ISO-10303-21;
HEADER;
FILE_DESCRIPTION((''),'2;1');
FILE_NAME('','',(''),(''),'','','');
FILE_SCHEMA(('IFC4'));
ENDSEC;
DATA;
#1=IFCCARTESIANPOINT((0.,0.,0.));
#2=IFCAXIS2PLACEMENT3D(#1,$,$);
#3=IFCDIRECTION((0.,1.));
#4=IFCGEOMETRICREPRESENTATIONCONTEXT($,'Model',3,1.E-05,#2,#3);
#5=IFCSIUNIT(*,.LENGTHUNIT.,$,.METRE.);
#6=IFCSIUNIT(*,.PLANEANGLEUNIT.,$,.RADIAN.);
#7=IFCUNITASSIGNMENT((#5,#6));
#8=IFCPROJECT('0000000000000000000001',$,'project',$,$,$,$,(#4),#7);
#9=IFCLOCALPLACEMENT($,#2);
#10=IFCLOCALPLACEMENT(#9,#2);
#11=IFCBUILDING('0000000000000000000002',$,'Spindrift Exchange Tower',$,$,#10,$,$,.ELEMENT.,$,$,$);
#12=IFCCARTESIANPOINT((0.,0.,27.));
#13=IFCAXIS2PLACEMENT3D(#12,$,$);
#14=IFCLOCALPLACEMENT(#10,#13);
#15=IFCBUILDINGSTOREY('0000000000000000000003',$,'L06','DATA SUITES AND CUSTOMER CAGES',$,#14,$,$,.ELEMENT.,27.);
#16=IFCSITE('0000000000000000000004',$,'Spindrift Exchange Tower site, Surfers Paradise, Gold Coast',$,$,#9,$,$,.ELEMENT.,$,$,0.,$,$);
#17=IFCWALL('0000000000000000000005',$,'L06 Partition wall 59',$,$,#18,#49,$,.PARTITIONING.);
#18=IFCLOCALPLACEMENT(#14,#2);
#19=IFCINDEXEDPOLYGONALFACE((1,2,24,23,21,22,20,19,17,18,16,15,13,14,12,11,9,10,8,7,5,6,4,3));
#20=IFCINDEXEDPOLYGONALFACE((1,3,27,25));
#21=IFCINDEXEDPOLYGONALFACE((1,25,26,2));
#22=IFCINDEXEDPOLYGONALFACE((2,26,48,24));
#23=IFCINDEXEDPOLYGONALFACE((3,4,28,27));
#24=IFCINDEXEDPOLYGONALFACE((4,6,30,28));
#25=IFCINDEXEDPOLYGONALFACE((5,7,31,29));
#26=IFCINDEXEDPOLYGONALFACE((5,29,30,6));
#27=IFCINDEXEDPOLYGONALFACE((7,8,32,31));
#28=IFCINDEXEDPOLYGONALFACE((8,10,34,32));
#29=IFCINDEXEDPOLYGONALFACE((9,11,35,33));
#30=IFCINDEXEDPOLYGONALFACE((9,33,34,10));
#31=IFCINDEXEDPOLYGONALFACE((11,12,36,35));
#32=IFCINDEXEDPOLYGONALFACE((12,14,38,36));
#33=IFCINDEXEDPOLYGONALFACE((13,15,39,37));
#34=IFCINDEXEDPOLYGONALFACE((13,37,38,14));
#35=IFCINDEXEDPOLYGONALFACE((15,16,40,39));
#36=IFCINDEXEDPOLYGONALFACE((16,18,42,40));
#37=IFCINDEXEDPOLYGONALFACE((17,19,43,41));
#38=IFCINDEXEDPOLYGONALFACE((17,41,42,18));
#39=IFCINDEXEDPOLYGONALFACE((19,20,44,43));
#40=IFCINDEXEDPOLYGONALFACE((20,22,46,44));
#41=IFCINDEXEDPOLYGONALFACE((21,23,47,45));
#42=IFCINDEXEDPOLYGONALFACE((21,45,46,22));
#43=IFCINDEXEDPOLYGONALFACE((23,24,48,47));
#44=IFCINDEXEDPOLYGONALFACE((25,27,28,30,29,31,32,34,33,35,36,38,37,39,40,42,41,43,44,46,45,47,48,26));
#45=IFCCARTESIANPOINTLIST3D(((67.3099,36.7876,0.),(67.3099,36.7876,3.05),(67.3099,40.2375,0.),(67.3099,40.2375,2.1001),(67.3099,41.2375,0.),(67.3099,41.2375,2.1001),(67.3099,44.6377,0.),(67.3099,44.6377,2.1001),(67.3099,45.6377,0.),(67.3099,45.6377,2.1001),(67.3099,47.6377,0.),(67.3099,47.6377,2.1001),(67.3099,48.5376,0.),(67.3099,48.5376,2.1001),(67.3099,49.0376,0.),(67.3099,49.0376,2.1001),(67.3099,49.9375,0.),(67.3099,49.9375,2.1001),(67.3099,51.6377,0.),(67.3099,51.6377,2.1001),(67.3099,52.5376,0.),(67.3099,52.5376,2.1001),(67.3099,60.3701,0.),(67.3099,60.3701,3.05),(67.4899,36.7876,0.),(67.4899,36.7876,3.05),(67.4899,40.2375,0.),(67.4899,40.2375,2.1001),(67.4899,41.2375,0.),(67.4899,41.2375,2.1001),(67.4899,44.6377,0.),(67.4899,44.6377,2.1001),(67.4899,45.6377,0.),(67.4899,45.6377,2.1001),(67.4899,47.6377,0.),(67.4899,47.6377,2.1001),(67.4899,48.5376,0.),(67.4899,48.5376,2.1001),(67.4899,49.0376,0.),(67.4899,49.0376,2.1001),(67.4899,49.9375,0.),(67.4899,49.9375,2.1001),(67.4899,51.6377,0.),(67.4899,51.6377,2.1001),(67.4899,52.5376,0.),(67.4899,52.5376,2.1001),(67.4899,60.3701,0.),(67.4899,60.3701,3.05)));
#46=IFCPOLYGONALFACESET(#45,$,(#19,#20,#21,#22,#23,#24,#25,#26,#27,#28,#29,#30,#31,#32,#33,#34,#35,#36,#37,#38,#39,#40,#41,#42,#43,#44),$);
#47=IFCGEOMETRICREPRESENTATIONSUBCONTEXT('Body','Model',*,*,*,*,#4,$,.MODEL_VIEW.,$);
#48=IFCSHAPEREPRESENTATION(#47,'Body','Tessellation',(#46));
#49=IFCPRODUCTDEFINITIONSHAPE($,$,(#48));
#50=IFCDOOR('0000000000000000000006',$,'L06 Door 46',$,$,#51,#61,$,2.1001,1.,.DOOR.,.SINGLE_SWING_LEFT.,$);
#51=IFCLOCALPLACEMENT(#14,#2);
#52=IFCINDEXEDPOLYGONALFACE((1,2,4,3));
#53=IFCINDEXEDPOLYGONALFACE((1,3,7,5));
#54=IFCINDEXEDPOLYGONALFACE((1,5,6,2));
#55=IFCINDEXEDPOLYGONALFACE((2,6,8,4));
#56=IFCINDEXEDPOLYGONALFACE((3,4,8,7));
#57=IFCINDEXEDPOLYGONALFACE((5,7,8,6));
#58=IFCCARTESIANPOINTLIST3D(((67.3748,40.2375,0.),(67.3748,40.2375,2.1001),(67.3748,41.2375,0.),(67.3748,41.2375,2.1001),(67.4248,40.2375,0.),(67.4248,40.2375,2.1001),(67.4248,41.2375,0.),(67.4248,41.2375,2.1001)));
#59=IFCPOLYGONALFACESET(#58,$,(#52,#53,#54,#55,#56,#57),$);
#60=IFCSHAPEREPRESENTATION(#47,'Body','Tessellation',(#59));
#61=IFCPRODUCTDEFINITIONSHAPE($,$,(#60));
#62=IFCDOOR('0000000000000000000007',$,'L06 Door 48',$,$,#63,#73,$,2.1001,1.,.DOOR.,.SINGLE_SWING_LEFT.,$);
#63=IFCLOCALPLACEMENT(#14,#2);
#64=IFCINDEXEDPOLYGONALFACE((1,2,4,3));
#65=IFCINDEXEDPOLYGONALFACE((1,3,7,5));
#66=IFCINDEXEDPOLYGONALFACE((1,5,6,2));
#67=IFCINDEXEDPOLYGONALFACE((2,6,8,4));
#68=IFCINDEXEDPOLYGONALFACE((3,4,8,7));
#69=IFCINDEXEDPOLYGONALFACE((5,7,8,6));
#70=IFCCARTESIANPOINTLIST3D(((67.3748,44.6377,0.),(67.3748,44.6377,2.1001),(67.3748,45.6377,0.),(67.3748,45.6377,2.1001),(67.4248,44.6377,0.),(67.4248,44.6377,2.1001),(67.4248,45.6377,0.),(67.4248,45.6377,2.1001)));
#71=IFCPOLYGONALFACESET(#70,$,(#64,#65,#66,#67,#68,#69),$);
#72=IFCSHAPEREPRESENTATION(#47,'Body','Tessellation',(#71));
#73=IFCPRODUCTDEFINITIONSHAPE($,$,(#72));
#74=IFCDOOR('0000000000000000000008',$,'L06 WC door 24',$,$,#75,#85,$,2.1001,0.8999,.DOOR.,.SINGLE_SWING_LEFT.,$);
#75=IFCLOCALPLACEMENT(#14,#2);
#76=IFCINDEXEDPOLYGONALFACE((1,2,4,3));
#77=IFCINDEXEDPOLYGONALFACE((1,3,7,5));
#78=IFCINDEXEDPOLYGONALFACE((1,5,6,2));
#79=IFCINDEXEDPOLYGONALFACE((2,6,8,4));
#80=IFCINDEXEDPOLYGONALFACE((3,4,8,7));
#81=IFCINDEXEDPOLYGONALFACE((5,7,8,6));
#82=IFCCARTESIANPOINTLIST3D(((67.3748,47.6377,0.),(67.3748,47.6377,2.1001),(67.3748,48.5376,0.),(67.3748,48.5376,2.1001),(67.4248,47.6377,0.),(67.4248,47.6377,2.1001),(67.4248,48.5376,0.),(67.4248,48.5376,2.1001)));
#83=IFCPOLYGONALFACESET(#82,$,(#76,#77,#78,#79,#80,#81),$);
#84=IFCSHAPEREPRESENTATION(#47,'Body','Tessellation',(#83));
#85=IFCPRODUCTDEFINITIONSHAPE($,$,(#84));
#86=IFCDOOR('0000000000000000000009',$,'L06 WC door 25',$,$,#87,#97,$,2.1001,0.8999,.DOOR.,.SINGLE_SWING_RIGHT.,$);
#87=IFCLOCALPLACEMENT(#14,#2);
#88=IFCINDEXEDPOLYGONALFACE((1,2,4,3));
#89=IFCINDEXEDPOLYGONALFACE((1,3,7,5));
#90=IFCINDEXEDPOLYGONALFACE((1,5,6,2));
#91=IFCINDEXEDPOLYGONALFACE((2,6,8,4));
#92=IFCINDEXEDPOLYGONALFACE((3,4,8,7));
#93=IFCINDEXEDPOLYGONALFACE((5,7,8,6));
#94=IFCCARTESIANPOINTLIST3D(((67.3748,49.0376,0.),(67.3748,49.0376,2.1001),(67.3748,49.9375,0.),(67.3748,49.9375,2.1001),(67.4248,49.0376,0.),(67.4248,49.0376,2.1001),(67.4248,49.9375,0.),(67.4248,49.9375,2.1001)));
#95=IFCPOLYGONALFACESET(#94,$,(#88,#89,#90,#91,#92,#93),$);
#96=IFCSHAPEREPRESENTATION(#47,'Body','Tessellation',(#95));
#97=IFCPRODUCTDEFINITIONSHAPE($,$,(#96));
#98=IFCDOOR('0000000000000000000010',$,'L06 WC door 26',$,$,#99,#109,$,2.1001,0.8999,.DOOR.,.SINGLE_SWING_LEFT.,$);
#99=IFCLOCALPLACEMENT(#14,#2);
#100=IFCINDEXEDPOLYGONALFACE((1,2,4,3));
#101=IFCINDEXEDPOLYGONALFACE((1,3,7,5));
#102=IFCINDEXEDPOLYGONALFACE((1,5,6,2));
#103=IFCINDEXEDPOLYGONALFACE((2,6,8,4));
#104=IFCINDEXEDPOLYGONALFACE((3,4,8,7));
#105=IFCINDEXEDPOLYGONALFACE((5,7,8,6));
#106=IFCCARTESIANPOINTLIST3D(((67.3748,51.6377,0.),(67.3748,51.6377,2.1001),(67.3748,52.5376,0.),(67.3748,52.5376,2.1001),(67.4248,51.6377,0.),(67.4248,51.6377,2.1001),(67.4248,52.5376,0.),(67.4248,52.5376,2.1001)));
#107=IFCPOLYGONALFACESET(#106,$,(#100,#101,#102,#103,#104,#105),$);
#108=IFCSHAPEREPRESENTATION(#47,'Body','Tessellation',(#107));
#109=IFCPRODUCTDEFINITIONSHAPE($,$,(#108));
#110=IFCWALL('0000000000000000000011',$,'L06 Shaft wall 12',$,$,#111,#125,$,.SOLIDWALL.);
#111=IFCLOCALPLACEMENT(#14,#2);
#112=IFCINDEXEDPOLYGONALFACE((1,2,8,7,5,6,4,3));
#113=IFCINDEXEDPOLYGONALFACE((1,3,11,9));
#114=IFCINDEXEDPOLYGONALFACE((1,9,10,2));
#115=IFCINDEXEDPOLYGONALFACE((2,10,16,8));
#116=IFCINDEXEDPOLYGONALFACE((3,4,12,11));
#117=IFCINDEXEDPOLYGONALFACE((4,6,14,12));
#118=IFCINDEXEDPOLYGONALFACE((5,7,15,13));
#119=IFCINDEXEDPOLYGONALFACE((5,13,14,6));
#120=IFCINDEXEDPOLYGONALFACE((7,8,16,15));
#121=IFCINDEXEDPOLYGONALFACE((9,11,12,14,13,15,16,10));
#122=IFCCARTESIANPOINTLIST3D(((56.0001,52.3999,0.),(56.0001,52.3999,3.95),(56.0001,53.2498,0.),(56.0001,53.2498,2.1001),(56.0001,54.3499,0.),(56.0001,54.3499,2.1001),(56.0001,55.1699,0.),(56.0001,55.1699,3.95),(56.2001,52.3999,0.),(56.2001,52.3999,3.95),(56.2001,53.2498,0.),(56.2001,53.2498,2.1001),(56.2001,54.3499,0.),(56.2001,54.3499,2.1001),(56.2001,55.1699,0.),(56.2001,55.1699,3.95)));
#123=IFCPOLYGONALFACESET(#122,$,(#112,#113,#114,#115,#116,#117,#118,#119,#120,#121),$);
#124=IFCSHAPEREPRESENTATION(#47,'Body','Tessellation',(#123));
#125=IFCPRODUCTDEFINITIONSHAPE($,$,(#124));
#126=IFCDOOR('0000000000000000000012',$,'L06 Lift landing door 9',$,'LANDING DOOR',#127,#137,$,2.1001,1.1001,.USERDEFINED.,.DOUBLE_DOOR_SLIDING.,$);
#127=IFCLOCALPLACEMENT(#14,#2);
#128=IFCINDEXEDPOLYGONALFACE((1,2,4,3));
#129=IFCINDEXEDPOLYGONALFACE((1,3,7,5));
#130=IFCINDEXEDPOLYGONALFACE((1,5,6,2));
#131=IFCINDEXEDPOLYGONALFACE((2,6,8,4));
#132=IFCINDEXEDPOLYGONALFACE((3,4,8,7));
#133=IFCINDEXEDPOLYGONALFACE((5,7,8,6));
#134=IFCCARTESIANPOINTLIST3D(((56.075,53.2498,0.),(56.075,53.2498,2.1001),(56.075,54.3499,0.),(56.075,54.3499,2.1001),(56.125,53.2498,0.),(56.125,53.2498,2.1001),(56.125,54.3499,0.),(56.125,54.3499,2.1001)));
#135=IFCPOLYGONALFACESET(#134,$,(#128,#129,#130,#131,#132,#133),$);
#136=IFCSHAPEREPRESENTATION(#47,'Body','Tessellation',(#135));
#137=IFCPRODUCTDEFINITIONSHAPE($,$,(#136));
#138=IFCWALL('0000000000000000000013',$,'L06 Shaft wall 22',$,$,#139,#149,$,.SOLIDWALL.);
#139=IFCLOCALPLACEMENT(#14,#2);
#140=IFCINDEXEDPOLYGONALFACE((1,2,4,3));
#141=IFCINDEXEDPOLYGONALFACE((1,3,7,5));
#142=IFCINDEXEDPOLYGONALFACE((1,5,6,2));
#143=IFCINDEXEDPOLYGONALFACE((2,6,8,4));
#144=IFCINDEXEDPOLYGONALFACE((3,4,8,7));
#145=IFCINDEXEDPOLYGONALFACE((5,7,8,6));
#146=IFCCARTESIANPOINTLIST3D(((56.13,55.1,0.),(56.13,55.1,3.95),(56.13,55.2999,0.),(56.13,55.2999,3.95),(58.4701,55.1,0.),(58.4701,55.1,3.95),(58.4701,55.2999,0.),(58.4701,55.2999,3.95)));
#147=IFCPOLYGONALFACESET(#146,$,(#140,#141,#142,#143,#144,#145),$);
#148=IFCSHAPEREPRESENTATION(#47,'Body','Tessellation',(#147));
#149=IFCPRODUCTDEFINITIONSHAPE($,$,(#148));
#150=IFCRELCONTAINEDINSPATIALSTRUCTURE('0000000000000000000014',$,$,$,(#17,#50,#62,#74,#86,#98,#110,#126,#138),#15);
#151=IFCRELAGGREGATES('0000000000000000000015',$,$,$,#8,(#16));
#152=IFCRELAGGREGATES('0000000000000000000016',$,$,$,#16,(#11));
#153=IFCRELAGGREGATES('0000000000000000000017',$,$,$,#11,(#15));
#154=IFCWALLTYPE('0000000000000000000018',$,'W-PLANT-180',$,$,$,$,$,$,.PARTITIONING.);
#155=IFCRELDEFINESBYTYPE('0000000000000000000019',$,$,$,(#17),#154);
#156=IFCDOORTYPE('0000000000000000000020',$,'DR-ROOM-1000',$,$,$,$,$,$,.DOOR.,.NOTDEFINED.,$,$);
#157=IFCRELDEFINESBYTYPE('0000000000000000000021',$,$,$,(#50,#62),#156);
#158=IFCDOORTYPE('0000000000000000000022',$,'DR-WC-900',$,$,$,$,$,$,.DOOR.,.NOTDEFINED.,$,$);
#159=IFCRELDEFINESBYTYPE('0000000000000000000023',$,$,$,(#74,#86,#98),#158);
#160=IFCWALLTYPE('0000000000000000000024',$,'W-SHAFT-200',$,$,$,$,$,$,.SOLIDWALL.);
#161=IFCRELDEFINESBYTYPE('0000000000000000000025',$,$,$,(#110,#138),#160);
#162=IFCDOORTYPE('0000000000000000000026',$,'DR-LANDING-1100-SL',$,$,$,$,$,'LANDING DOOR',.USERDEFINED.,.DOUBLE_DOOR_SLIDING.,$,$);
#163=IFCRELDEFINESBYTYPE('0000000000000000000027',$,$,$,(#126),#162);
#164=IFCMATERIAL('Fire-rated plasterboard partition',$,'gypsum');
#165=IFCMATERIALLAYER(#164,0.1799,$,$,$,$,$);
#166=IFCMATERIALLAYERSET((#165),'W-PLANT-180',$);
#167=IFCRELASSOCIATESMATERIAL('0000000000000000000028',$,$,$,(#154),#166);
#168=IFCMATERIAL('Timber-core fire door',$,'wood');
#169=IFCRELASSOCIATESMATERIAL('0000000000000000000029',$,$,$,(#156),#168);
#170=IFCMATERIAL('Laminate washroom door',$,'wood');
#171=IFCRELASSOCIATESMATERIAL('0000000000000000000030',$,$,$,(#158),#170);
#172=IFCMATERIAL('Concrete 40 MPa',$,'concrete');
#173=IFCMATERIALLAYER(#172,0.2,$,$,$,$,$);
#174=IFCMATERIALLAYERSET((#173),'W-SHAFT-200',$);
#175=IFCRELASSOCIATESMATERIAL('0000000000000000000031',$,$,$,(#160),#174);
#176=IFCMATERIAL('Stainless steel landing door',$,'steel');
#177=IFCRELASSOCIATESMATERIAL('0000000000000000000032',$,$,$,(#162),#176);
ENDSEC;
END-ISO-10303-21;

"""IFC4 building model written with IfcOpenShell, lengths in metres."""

from ifc_helpers import new_model, si_unit, direction, frame, frame_2d, origin, place, context, subcontext, project, spatial, rectangle, extrude, source, transform, mapped, material, layer, layer_set, type_object, element, fill, save


model = new_model("IFC4")

# Units and contexts
model_context = context("Model", 3, precision=1e-05, world=origin(), true_north=direction((0.0, 1.0)))
body_context = subcontext(model_context, "Body", "Model", "MODEL_VIEW")
ifc_project = project(units=[si_unit("LENGTHUNIT", "METRE"), si_unit("PLANEANGLEUNIT", "RADIAN")], contexts=[model_context])

# Site, building, storey
site_placement = place(None, origin())
site = spatial("IfcSite", under=ifc_project, at=site_placement, Name="Spindrift Exchange Tower site, Surfers Paradise, Gold Coast", CompositionType="ELEMENT", RefElevation=0.0)
building_placement = place(site_placement, origin())
building = spatial("IfcBuilding", under=site, at=building_placement, Name="Spindrift Exchange Tower", CompositionType="ELEMENT")
storey_placement = place(building_placement, frame((0.0, 0.0, 27.0)))
storey = spatial("IfcBuildingStorey", under=building, at=storey_placement, Name="L06", Description="DATA SUITES AND CUSTOMER CAGES", CompositionType="ELEMENT", Elevation=27.0)

# Shared definitions
ifc_material_1 = material(Name="Fire-rated plasterboard partition", Category="gypsum")

# Wall, openings, doors
ifc_layer_1 = layer(ifc_material_1, 0.1799)
ifc_layer_set_1 = layer_set([ifc_layer_1], Name="W-PLANT-180")
wall_type_1 = type_object("IfcWallType", Name="W-PLANT-180", PredefinedType="PARTITIONING", material=ifc_layer_set_1)
wall_1_placement = place(storey_placement, frame((67.3999, 60.3701, 0.0), z_axis=(0.0, 0.0, 1.0), x_axis=(0.0, -1.0, 0.0)))
wall_1 = element("IfcWall", 1, at=wall_1_placement, inside=storey, type_object=wall_type_1, Name="L06 Partition wall 59", PredefinedType="PARTITIONING", context=body_context, shape_type="SweptSolid", body=[
    extrude(rectangle(XDim=23.5825, YDim=0.1799, at=frame_2d((11.7913, 0.0))), origin(), (0.0, 0.0, 1.0), 3.05),
])
opening_1_placement = place(wall_1_placement, frame((11.8325, 0.0, 0.0)))
opening_1 = element("IfcOpeningElement", 2, at=opening_1_placement, cuts=wall_1, PredefinedType="OPENING", context=body_context, shape_type="SweptSolid", body=[
    extrude(rectangle(XDim=0.8999, YDim=2.1001, at=frame_2d((0.45, 1.05))), frame((0.0, 0.0999, 0.0), z_axis=(0.0, -1.0, 0.0), x_axis=(1.0, 0.0, 0.0)), (0.0, 0.0, 1.0), 0.2),
])
opening_2_placement = place(wall_1_placement, frame((10.4326, 0.0, 0.0)))
opening_2 = element("IfcOpeningElement", 3, at=opening_2_placement, cuts=wall_1, PredefinedType="OPENING", context=body_context, shape_type="SweptSolid", body=[
    extrude(rectangle(XDim=0.8999, YDim=2.1001, at=frame_2d((0.45, 1.05))), frame((0.0, 0.0999, 0.0), z_axis=(0.0, -1.0, 0.0), x_axis=(1.0, 0.0, 0.0)), (0.0, 0.0, 1.0), 0.2),
])
opening_3_placement = place(wall_1_placement, frame((7.8325, 0.0, 0.0)))
opening_3 = element("IfcOpeningElement", 4, at=opening_3_placement, cuts=wall_1, PredefinedType="OPENING", context=body_context, shape_type="SweptSolid", body=[
    extrude(rectangle(XDim=0.8999, YDim=2.1001, at=frame_2d((0.45, 1.05))), frame((0.0, 0.0999, 0.0), z_axis=(0.0, -1.0, 0.0), x_axis=(1.0, 0.0, 0.0)), (0.0, 0.0, 1.0), 0.2),
])
opening_4_placement = place(wall_1_placement, frame((19.1326, 0.0, 0.0)))
opening_4 = element("IfcOpeningElement", 5, at=opening_4_placement, cuts=wall_1, PredefinedType="OPENING", context=body_context, shape_type="SweptSolid", body=[
    extrude(rectangle(XDim=1.0, YDim=2.1001, at=frame_2d((0.5, 1.05))), frame((0.0, 0.0999, 0.0), z_axis=(0.0, -1.0, 0.0), x_axis=(1.0, 0.0, 0.0)), (0.0, 0.0, 1.0), 0.2),
])
opening_5_placement = place(wall_1_placement, frame((14.7324, 0.0, 0.0)))
opening_5 = element("IfcOpeningElement", 6, at=opening_5_placement, cuts=wall_1, PredefinedType="OPENING", context=body_context, shape_type="SweptSolid", body=[
    extrude(rectangle(XDim=1.0, YDim=2.1001, at=frame_2d((0.5, 1.05))), frame((0.0, 0.0999, 0.0), z_axis=(0.0, -1.0, 0.0), x_axis=(1.0, 0.0, 0.0)), (0.0, 0.0, 1.0), 0.2),
])
ifc_material_2 = material(Name="Timber-core fire door", Category="wood")
door_type_1 = type_object("IfcDoorType", Name="DR-ROOM-1000", OperationType="NOTDEFINED", PredefinedType="DOOR", material=ifc_material_2)
shared_shape_1 = source(origin(), body_context, "Body", "SweptSolid", [
    extrude(rectangle(XDim=1.0, YDim=2.1001, at=frame_2d((0.5, 1.05))), frame((0.0, 0.0249, 0.0), z_axis=(0.0, -1.0, 0.0), x_axis=(1.0, 0.0, 0.0)), (0.0, 0.0, 1.0), 0.05),
])
door_1_placement = place(opening_4_placement, origin())
door_1 = element("IfcDoor", 7, at=door_1_placement, inside=storey, type_object=door_type_1, Name="L06 Door 46", OperationType="SINGLE_SWING_LEFT", OverallHeight=2.1001, OverallWidth=1.0, PredefinedType="DOOR", context=body_context, shape_type="MappedRepresentation", body=[
    mapped(shared_shape_1, transform((0.0, 0.0, 0.0), scale=1.0)),
])
fill(opening_4, door_1)
door_2_placement = place(opening_5_placement, origin())
door_2 = element("IfcDoor", 8, at=door_2_placement, inside=storey, type_object=door_type_1, Name="L06 Door 48", OperationType="SINGLE_SWING_LEFT", OverallHeight=2.1001, OverallWidth=1.0, PredefinedType="DOOR", context=body_context, shape_type="MappedRepresentation", body=[
    mapped(shared_shape_1, transform((0.0, 0.0, 0.0), scale=1.0)),
])
fill(opening_5, door_2)
ifc_material_3 = material(Name="Laminate washroom door", Category="wood")
door_type_2 = type_object("IfcDoorType", Name="DR-WC-900", OperationType="NOTDEFINED", PredefinedType="DOOR", material=ifc_material_3)
shared_shape_2 = source(origin(), body_context, "Body", "SweptSolid", [
    extrude(rectangle(XDim=0.8999, YDim=2.1001, at=frame_2d((0.45, 1.05))), frame((0.0, 0.0249, 0.0), z_axis=(0.0, -1.0, 0.0), x_axis=(1.0, 0.0, 0.0)), (0.0, 0.0, 1.0), 0.05),
])
door_3_placement = place(opening_1_placement, origin())
door_3 = element("IfcDoor", 9, at=door_3_placement, inside=storey, type_object=door_type_2, Name="L06 WC door 24", OperationType="SINGLE_SWING_LEFT", OverallHeight=2.1001, OverallWidth=0.8999, PredefinedType="DOOR", context=body_context, shape_type="MappedRepresentation", body=[
    mapped(shared_shape_2, transform((0.0, 0.0, 0.0), scale=1.0)),
])
fill(opening_1, door_3)
door_4_placement = place(opening_2_placement, origin())
door_4 = element("IfcDoor", 10, at=door_4_placement, inside=storey, type_object=door_type_2, Name="L06 WC door 25", OperationType="SINGLE_SWING_RIGHT", OverallHeight=2.1001, OverallWidth=0.8999, PredefinedType="DOOR", context=body_context, shape_type="MappedRepresentation", body=[
    mapped(shared_shape_2, transform((0.0, 0.0, 0.0), scale=1.0)),
])
fill(opening_2, door_4)
door_5_placement = place(opening_3_placement, origin())
door_5 = element("IfcDoor", 11, at=door_5_placement, inside=storey, type_object=door_type_2, Name="L06 WC door 26", OperationType="SINGLE_SWING_LEFT", OverallHeight=2.1001, OverallWidth=0.8999, PredefinedType="DOOR", context=body_context, shape_type="MappedRepresentation", body=[
    mapped(shared_shape_2, transform((0.0, 0.0, 0.0), scale=1.0)),
])
fill(opening_3, door_5)

# Wall, opening, door
ifc_material_4 = material(Name="Concrete 40 MPa", Category="concrete")
ifc_layer_2 = layer(ifc_material_4, 0.2)
ifc_layer_set_2 = layer_set([ifc_layer_2], Name="W-SHAFT-200")
wall_type_2 = type_object("IfcWallType", Name="W-SHAFT-200", PredefinedType="SOLIDWALL", material=ifc_layer_set_2)
wall_2_placement = place(storey_placement, frame((56.1001, 55.1699, 0.0), z_axis=(0.0, 0.0, 1.0), x_axis=(0.0, -1.0, 0.0)))
wall_2 = element("IfcWall", 12, at=wall_2_placement, inside=storey, type_object=wall_type_2, Name="L06 Shaft wall 12", PredefinedType="SOLIDWALL", context=body_context, shape_type="SweptSolid", body=[
    extrude(rectangle(XDim=2.77, YDim=0.2, at=frame_2d((1.385, 0.0))), origin(), (0.0, 0.0, 1.0), 3.95),
])
opening_6_placement = place(wall_2_placement, frame((0.8201, 0.0, 0.0)))
opening_6 = element("IfcOpeningElement", 13, at=opening_6_placement, cuts=wall_2, PredefinedType="OPENING", context=body_context, shape_type="SweptSolid", body=[
    extrude(rectangle(XDim=1.1001, YDim=2.1001, at=frame_2d((0.55, 1.05))), frame((0.0, 0.1099, 0.0), z_axis=(0.0, -1.0, 0.0), x_axis=(1.0, 0.0, 0.0)), (0.0, 0.0, 1.0), 0.22),
])
ifc_material_5 = material(Name="Stainless steel landing door", Category="steel")
door_type_3 = type_object("IfcDoorType", Name="DR-LANDING-1100-SL", ElementType="LANDING DOOR", OperationType="DOUBLE_DOOR_SLIDING", PredefinedType="USERDEFINED", material=ifc_material_5)
shared_shape_3 = source(origin(), body_context, "Body", "SweptSolid", [
    extrude(rectangle(XDim=1.1001, YDim=2.1001, at=frame_2d((0.55, 1.05))), frame((0.0, 0.0249, 0.0), z_axis=(0.0, -1.0, 0.0), x_axis=(1.0, 0.0, 0.0)), (0.0, 0.0, 1.0), 0.05),
])
door_6_placement = place(opening_6_placement, origin())
door_6 = element("IfcDoor", 14, at=door_6_placement, inside=storey, type_object=door_type_3, Name="L06 Lift landing door 9", ObjectType="LANDING DOOR", OperationType="DOUBLE_DOOR_SLIDING", OverallHeight=2.1001, OverallWidth=1.1001, PredefinedType="USERDEFINED", context=body_context, shape_type="MappedRepresentation", body=[
    mapped(shared_shape_3, transform((0.0, 0.0, 0.0), scale=1.0)),
])
fill(opening_6, door_6)

# Wall
wall_3_placement = place(storey_placement, frame((58.47, 55.2, 0.0), z_axis=(0.0, 0.0, 1.0), x_axis=(-1.0, 0.0, 0.0)))
element("IfcWall", 15, at=wall_3_placement, inside=storey, type_object=wall_type_2, Name="L06 Shaft wall 22", PredefinedType="SOLIDWALL", context=body_context, shape_type="SweptSolid", body=[
    extrude(rectangle(XDim=2.3401, YDim=0.2, at=frame_2d((1.1699, 0.0))), origin(), (0.0, 0.0, 1.0), 3.95),
])

save(model, "model.ifc")
